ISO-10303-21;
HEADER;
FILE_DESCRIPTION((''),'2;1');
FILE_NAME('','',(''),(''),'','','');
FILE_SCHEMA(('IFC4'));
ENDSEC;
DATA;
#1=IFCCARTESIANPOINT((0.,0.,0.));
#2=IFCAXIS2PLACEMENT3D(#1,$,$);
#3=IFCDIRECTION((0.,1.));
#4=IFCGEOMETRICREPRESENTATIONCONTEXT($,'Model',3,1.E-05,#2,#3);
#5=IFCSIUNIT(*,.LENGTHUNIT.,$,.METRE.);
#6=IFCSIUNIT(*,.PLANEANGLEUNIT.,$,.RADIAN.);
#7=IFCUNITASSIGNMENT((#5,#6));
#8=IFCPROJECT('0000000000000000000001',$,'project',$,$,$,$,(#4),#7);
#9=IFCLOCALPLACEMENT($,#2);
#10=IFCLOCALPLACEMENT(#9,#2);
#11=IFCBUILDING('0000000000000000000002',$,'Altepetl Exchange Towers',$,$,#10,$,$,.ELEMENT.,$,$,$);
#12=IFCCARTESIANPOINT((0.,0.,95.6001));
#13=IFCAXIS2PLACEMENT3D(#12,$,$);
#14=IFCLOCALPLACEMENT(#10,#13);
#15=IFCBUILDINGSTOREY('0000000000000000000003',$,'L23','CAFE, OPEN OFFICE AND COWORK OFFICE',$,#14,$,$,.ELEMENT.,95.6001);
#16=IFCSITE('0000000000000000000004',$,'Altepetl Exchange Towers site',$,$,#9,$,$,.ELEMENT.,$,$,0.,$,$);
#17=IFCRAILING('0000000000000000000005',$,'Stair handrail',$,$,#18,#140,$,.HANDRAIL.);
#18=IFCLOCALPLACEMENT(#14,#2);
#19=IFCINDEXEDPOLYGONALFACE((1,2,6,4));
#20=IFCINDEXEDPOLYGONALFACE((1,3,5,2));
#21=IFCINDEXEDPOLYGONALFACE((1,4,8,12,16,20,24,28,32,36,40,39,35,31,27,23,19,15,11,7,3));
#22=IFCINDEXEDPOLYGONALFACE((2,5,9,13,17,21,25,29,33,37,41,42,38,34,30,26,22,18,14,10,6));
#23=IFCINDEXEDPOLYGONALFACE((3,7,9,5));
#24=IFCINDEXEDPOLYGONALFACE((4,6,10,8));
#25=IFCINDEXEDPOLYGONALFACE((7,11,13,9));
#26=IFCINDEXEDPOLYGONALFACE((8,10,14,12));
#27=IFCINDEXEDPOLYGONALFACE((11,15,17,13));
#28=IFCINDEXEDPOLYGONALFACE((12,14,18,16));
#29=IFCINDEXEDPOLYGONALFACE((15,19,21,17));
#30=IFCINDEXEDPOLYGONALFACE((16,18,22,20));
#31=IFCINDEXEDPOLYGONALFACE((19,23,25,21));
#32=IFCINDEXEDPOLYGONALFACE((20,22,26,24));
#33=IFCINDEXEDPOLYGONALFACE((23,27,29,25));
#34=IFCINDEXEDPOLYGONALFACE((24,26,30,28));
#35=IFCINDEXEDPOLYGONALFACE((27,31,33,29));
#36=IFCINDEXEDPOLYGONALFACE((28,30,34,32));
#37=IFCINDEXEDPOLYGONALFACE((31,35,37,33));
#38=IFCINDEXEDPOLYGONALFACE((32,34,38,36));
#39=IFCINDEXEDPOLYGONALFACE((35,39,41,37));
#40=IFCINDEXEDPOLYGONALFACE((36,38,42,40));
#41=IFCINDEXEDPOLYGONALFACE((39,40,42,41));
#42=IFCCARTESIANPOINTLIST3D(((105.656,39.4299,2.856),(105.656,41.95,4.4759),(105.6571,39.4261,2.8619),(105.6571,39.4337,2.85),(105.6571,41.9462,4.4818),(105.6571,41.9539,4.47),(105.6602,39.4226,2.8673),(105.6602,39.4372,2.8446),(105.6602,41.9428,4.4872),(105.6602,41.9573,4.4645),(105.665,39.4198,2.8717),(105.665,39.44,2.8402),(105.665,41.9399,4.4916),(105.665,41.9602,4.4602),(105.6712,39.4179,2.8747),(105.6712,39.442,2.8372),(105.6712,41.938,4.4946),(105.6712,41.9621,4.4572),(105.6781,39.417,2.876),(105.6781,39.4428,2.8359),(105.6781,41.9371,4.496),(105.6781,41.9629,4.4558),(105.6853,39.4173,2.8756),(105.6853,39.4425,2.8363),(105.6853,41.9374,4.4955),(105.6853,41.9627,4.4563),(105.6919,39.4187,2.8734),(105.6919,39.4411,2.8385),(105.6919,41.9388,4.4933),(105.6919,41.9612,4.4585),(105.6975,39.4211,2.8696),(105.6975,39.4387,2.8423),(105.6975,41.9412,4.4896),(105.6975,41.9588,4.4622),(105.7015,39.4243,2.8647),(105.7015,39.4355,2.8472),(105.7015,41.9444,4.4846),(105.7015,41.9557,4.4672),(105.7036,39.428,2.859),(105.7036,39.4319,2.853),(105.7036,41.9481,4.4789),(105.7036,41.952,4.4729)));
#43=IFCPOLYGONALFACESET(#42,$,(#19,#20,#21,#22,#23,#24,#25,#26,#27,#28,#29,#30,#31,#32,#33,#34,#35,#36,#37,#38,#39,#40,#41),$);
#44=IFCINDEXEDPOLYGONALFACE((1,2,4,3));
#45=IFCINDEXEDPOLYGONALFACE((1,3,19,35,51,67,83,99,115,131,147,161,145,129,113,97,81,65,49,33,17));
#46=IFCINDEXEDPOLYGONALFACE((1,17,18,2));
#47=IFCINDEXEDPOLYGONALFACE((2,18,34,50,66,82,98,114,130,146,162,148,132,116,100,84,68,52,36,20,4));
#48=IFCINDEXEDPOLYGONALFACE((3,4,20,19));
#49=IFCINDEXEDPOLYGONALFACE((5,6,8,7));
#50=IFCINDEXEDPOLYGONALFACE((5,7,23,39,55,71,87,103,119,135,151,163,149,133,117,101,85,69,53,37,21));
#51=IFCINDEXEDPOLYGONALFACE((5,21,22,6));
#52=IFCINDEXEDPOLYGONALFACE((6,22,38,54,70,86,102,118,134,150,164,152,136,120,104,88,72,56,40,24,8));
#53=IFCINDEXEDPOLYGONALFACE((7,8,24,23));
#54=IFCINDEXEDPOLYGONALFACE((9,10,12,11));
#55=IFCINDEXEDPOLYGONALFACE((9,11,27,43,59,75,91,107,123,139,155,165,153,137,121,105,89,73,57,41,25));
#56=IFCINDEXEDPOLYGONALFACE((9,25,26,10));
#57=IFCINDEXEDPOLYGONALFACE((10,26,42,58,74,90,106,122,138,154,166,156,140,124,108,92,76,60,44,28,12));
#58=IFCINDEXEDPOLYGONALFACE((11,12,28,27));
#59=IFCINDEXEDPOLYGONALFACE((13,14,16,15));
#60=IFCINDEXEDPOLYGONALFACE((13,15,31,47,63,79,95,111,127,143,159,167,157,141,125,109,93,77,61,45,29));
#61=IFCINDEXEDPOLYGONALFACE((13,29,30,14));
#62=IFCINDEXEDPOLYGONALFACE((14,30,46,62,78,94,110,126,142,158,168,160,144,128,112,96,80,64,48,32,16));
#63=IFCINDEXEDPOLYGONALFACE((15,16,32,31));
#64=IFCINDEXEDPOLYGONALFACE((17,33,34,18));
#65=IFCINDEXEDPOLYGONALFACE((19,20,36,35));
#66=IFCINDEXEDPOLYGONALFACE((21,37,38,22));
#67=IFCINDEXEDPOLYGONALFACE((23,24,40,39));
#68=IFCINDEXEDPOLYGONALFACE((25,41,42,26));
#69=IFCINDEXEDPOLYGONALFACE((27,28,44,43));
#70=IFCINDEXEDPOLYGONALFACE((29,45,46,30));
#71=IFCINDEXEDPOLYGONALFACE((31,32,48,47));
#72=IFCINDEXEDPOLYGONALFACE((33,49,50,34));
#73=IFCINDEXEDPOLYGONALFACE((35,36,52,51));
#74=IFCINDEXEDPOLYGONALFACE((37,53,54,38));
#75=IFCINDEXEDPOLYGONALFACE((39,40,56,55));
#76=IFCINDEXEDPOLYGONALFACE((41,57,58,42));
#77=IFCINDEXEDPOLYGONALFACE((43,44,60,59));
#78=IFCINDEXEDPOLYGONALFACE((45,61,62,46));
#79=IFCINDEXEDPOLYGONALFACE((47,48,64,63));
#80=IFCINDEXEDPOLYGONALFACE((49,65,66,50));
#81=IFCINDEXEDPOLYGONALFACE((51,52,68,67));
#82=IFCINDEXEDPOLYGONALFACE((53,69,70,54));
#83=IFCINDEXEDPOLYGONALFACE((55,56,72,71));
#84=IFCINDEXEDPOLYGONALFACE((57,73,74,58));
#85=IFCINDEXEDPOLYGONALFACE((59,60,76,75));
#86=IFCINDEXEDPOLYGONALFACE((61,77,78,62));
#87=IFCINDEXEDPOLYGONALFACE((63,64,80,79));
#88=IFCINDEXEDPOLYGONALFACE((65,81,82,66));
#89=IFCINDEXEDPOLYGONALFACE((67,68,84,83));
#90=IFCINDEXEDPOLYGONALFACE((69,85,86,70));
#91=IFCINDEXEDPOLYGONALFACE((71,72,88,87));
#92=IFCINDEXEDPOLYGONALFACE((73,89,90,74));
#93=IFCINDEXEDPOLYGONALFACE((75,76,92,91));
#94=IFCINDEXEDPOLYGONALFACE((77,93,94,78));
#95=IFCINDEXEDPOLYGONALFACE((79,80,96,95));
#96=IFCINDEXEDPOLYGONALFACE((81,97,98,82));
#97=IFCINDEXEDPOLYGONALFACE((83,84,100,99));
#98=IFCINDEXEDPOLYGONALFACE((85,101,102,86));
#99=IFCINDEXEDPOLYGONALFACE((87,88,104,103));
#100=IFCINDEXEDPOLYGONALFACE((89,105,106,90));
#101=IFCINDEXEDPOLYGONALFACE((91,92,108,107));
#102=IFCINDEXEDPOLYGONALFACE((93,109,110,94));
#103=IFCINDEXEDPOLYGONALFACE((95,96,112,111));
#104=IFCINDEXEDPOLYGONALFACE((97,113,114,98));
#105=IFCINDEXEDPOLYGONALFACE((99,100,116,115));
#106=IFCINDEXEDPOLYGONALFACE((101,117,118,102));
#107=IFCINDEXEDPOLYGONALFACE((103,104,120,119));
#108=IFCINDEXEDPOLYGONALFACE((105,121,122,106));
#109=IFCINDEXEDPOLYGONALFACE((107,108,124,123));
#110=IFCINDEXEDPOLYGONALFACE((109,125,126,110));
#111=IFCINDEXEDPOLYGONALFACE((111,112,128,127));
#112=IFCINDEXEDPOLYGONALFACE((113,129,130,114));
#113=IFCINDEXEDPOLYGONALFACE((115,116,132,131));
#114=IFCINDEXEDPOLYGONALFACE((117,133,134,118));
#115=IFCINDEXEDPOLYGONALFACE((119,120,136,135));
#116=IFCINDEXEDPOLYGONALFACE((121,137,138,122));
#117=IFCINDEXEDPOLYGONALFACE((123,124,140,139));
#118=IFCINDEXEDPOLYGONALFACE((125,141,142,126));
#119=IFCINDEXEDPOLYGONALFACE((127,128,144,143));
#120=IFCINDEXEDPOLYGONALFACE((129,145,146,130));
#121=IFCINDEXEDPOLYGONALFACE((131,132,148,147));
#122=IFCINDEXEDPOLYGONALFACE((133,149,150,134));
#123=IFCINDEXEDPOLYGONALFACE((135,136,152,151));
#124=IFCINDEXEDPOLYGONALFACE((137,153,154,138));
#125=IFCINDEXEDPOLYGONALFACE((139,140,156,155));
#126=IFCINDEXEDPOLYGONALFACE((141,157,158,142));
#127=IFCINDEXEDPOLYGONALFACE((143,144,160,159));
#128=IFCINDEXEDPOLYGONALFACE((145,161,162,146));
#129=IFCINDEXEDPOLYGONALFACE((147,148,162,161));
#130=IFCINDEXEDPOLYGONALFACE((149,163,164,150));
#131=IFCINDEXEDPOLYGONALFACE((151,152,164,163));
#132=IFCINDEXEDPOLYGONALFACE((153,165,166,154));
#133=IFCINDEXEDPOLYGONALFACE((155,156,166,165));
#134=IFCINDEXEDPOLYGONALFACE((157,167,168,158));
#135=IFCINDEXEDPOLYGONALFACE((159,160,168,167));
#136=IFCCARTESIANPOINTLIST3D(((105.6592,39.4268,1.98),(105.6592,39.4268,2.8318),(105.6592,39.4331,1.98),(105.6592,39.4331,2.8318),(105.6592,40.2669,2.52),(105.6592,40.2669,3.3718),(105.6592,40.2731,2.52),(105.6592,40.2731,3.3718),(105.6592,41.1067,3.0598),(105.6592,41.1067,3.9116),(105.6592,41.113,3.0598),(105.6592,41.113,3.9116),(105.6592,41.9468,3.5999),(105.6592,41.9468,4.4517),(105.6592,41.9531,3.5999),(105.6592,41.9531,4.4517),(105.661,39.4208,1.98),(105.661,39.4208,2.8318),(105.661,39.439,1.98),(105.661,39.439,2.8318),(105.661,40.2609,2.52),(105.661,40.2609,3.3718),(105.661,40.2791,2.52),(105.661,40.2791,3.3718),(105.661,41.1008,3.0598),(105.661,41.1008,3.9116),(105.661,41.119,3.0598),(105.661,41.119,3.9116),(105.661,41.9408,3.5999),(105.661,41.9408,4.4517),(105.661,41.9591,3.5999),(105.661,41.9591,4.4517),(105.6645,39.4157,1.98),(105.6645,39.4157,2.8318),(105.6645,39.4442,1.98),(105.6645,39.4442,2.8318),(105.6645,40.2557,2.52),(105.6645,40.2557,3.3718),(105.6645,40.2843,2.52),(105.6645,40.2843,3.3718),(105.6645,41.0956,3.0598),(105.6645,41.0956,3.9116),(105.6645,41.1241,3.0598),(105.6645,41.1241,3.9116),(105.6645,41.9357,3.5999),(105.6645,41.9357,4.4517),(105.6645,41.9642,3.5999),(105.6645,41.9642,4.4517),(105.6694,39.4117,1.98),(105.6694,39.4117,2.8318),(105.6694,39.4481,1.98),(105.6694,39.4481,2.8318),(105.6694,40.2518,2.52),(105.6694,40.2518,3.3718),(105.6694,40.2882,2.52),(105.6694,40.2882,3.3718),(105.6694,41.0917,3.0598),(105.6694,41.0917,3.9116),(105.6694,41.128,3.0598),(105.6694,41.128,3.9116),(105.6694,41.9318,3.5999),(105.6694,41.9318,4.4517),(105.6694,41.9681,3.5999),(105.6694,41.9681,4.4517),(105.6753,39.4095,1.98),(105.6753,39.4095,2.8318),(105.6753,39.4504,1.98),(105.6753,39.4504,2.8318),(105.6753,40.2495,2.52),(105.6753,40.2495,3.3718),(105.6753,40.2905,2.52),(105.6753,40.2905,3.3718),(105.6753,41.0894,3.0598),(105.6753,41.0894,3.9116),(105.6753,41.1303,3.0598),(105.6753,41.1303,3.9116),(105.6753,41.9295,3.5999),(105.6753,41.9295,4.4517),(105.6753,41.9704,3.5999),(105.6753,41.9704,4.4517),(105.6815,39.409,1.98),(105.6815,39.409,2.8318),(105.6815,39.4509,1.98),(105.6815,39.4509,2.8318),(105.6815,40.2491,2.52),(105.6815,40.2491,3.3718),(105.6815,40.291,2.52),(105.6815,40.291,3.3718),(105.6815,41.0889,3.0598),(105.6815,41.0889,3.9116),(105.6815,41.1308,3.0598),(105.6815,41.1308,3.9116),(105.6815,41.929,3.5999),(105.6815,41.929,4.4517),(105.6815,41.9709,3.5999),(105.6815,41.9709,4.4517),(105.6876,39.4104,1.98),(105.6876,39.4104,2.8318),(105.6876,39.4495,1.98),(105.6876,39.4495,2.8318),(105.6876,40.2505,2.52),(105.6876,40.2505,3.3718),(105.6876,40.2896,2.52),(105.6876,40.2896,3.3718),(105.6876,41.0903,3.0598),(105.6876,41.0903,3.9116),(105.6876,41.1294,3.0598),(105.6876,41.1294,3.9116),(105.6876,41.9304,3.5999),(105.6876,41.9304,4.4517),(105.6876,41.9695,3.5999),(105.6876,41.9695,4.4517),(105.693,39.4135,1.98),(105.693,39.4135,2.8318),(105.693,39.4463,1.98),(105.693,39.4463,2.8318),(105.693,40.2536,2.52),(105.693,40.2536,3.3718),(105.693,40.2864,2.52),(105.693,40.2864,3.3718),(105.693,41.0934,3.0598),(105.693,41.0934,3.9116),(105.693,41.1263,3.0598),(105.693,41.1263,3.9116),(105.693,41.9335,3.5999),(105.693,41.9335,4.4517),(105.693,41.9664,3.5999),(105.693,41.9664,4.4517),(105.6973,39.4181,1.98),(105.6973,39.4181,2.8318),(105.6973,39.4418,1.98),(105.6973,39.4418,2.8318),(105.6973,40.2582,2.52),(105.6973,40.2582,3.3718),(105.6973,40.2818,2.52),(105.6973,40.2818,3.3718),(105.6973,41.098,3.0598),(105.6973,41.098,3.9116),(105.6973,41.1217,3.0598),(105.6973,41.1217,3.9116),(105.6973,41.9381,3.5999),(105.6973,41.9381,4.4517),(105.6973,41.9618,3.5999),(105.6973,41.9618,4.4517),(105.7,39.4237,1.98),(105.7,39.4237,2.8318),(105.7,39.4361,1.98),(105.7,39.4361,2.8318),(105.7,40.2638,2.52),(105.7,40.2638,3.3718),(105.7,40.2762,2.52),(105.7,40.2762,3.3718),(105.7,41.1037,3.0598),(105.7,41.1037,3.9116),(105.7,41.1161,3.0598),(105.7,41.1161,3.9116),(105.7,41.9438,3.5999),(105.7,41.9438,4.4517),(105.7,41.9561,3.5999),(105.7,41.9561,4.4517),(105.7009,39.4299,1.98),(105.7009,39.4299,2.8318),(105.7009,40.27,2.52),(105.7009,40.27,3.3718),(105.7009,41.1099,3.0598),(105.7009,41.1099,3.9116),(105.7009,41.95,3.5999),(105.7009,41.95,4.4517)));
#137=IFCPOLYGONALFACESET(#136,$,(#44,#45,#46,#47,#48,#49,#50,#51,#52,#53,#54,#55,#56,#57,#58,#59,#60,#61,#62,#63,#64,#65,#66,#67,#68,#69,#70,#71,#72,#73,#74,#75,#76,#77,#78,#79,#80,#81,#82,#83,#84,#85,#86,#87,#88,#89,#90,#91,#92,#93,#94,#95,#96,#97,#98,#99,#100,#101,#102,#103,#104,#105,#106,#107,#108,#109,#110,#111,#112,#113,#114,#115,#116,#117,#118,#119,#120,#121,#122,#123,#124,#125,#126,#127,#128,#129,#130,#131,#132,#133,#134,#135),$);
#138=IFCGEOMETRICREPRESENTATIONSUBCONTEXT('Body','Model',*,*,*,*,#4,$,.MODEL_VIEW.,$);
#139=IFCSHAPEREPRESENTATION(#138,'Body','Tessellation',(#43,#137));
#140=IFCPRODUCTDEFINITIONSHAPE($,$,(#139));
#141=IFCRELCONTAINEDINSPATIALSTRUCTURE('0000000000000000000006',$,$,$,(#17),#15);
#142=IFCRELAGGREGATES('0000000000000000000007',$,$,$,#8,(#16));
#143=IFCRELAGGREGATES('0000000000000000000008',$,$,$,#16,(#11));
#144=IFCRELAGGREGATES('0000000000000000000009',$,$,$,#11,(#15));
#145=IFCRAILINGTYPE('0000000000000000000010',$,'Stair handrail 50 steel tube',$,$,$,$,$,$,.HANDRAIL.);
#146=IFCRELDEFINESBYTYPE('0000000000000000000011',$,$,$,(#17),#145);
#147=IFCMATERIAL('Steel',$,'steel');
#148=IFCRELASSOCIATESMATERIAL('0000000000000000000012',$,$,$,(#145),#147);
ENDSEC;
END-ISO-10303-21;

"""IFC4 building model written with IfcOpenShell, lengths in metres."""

from ifc_helpers import new_model, si_unit, direction, frame, origin, origin_2d, place, context, subcontext, project, spatial, circle, extrude, source, transform, mapped, material, type_object, element, save


model = new_model("IFC4")

# Units and contexts
model_context = context("Model", 3, precision=1e-05, world=origin(), true_north=direction((0.0, 1.0)))
body_context = subcontext(model_context, "Body", "Model", "MODEL_VIEW")
ifc_project = project(units=[si_unit("LENGTHUNIT", "METRE"), si_unit("PLANEANGLEUNIT", "RADIAN")], contexts=[model_context])

# Site, building, storey
site_placement = place(None, origin())
site = spatial("IfcSite", under=ifc_project, at=site_placement, Name="Altepetl Exchange Towers site", CompositionType="ELEMENT", RefElevation=0.0)
building_placement = place(site_placement, origin())
building = spatial("IfcBuilding", under=site, at=building_placement, Name="Altepetl Exchange Towers", CompositionType="ELEMENT")
storey_placement = place(building_placement, frame((0.0, 0.0, 95.6001)))
storey = spatial("IfcBuildingStorey", under=building, at=storey_placement, Name="L23", Description="CAFE, OPEN OFFICE AND COWORK OFFICE", CompositionType="ELEMENT", Elevation=95.6001)

# Railing
ifc_material_1 = material(Name="Steel", Category="steel")
railing_type = type_object("IfcRailingType", Name="Stair handrail 50 steel tube", PredefinedType="HANDRAIL", material=ifc_material_1)
shared_shape = source(origin(), body_context, "Body", "SweptSolid", [
    extrude(circle(Radius=0.021, at=origin_2d()), origin(), (0.0, 0.0, 1.0), 0.8518),
])
railing_1_placement = place(storey_placement, frame((105.6799, 39.4299, 1.98)))
element("IfcRailing", 1, at=railing_1_placement, inside=storey, type_object=railing_type, Name="Stair handrail", PredefinedType="HANDRAIL", context=body_context, shape_type="SweptSolid", body=[
    extrude(circle(Radius=0.0239, at=origin_2d()), frame((0.0, 0.0, 0.876), z_axis=(0.0, 0.8412, 0.540725), x_axis=(-1.0, 0.0, 0.0)), (0.0, 0.0, 1.0), 2.9958),
    mapped(shared_shape, transform((0.0, 0.0, 0.0))),
    mapped(shared_shape, transform((0.0, 0.8401, 0.54))),
    mapped(shared_shape, transform((0.0, 1.6799, 1.0798))),
    mapped(shared_shape, transform((0.0, 2.52, 1.6199))),
])

save(model, "model.ifc")
